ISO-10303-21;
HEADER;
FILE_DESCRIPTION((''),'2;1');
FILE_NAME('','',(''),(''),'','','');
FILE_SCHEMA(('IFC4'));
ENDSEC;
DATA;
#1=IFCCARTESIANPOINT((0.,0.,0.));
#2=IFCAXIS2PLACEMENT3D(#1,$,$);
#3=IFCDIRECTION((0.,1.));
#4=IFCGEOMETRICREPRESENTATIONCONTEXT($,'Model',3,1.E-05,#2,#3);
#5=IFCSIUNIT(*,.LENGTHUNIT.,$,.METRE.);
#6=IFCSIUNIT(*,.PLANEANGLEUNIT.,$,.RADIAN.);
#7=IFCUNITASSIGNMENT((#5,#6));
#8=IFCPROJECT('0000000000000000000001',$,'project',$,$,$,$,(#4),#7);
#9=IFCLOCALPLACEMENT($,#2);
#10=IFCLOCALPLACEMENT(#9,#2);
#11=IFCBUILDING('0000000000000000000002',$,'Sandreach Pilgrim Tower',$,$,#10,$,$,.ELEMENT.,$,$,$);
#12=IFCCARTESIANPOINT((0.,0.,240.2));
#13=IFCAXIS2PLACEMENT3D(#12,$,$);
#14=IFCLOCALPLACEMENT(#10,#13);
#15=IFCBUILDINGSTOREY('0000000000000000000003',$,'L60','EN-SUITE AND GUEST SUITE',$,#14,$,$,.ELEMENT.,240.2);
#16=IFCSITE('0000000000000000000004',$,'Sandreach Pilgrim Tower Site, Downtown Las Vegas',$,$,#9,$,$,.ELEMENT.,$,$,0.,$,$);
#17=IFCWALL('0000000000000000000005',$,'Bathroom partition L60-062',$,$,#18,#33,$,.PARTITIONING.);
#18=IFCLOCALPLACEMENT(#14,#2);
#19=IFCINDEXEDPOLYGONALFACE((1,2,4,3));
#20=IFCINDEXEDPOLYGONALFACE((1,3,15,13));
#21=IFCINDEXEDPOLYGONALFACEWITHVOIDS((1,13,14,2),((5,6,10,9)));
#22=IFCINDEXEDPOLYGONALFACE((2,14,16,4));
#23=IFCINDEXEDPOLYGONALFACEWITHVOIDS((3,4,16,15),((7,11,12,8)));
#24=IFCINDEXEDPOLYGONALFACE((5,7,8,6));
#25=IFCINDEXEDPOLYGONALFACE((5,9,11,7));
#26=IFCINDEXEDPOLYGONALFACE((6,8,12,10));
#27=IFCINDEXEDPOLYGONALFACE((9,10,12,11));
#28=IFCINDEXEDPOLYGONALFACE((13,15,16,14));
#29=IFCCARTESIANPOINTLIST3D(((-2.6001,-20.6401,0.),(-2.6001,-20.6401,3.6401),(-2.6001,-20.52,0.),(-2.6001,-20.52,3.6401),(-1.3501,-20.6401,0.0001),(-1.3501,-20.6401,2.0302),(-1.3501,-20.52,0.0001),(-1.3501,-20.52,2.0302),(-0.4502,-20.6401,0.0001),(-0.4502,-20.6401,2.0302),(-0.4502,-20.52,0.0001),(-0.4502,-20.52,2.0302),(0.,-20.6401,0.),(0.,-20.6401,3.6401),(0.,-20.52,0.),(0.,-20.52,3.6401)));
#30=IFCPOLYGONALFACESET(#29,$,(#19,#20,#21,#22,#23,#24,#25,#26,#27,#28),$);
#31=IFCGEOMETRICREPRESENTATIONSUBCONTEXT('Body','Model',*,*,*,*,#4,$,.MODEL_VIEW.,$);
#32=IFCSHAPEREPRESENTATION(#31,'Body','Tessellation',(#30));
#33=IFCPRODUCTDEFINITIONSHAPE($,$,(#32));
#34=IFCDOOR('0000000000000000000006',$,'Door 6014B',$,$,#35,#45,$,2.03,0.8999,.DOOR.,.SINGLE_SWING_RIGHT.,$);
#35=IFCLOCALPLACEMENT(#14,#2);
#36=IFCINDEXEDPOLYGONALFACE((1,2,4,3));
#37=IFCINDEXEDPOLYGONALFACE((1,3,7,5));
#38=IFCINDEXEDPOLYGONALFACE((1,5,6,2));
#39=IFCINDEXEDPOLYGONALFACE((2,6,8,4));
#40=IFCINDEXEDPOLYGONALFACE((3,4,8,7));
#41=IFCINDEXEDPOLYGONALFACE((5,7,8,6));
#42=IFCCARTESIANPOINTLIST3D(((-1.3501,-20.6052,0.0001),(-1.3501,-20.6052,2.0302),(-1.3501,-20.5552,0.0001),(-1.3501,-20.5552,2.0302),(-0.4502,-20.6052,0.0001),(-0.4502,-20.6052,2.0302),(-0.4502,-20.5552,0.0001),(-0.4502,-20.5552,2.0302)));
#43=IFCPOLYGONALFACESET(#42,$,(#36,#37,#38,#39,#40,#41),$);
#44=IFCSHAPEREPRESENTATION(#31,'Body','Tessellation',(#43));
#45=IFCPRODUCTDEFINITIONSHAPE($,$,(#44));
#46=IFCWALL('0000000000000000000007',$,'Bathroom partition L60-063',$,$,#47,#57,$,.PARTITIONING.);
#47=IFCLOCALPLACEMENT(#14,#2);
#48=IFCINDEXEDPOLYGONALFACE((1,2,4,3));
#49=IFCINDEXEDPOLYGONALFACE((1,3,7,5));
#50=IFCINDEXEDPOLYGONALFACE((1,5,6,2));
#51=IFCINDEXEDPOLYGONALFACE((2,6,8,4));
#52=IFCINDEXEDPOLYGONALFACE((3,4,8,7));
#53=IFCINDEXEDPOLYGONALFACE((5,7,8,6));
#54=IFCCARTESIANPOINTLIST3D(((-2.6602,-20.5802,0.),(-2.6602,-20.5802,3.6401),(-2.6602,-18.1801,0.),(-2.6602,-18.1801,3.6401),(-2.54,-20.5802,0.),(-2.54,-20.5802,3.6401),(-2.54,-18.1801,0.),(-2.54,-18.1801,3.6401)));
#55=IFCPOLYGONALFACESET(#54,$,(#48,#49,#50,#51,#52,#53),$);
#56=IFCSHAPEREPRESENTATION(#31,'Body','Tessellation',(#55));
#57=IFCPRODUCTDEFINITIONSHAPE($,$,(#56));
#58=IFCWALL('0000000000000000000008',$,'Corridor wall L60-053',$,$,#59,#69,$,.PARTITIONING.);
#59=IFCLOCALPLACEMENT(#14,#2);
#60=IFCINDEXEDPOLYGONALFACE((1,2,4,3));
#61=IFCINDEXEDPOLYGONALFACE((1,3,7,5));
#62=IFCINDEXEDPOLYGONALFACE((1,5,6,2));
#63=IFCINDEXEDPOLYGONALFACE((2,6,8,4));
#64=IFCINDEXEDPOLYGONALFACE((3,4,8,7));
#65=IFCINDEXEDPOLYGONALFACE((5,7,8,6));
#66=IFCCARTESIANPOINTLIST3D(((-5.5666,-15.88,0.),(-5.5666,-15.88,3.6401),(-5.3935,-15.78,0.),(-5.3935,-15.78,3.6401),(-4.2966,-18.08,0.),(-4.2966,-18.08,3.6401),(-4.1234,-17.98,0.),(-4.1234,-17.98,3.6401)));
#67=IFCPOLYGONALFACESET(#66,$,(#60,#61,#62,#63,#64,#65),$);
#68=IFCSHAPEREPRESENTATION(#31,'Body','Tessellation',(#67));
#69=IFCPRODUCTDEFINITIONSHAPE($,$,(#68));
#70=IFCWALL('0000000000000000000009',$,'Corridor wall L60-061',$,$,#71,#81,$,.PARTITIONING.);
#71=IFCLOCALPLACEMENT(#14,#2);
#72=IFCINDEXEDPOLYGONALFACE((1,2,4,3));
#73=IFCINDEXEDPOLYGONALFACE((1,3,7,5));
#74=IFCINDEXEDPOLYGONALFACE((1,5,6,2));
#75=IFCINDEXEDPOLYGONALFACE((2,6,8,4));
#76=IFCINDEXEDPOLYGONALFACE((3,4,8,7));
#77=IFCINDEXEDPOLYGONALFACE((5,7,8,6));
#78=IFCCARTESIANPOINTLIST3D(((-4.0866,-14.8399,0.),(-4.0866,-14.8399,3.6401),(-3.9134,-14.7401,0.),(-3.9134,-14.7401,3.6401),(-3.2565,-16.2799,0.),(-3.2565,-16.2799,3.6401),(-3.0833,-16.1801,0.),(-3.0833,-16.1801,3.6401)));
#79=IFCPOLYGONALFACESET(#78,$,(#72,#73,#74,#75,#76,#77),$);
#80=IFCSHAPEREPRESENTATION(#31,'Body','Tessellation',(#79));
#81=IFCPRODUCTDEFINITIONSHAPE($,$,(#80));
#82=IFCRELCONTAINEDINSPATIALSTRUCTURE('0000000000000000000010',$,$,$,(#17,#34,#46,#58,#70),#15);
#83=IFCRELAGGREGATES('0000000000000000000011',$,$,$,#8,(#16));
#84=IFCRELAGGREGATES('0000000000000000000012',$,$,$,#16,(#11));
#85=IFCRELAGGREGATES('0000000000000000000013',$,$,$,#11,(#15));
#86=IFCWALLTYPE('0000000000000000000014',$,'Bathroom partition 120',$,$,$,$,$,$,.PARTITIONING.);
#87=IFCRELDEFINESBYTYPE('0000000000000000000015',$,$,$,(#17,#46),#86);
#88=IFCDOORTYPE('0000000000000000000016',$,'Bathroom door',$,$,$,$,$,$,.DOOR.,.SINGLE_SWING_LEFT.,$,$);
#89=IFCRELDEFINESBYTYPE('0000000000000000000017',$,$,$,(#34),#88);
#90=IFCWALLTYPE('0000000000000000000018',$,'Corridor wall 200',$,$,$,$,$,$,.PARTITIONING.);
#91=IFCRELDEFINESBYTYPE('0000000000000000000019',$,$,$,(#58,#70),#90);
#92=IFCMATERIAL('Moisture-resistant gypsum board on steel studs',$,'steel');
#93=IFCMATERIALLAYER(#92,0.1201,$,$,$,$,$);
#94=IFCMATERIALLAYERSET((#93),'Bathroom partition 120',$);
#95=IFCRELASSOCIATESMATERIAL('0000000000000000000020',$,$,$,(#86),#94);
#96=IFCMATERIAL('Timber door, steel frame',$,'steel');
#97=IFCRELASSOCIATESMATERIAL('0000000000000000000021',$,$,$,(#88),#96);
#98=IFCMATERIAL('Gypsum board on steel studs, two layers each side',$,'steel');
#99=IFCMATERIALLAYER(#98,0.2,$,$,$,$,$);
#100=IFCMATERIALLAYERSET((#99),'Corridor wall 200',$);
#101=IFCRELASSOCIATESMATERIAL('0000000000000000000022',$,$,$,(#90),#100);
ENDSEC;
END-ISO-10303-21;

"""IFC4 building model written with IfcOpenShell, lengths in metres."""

from ifc_helpers import new_model, si_unit, direction, frame, frame_2d, origin, place, context, subcontext, project, spatial, rectangle, extrude, material, layer, layer_set, type_object, element, fill, save


model = new_model("IFC4")

# Units and contexts
model_context = context("Model", 3, precision=1e-05, world=origin(), true_north=direction((0.0, 1.0)))
body_context = subcontext(model_context, "Body", "Model", "MODEL_VIEW")
ifc_project = project(units=[si_unit("LENGTHUNIT", "METRE"), si_unit("PLANEANGLEUNIT", "RADIAN")], contexts=[model_context])

# Site, building, storey
site_placement = place(None, origin())
site = spatial("IfcSite", under=ifc_project, at=site_placement, Name="Sandreach Pilgrim Tower Site, Downtown Las Vegas", CompositionType="ELEMENT", RefElevation=0.0)
building_placement = place(site_placement, origin())
building = spatial("IfcBuilding", under=site, at=building_placement, Name="Sandreach Pilgrim Tower", CompositionType="ELEMENT")
storey_placement = place(building_placement, frame((0.0, 0.0, 240.2)))
storey = spatial("IfcBuildingStorey", under=building, at=storey_placement, Name="L60", Description="EN-SUITE AND GUEST SUITE", CompositionType="ELEMENT", Elevation=240.2)

# Shared definitions
ifc_material_1 = material(Name="Moisture-resistant gypsum board on steel studs", Category="steel")
ifc_layer_1 = layer(ifc_material_1, 0.1201)
ifc_layer_set_1 = layer_set([ifc_layer_1], Name="Bathroom partition 120")
wall_type_1 = type_object("IfcWallType", Name="Bathroom partition 120", PredefinedType="PARTITIONING", material=ifc_layer_set_1)
ifc_material_2 = material(Name="Timber door, steel frame", Category="steel")
door_type_1 = type_object("IfcDoorType", Name="Bathroom door", OperationType="SINGLE_SWING_LEFT", PredefinedType="DOOR", material=ifc_material_2)

# Wall, opening, door
wall_1_placement = place(storey_placement, frame((-2.6001, -20.5801, 0.0), z_axis=(0.0, 0.0, 1.0), x_axis=(1.0, 0.0, 0.0)))
wall_1 = element("IfcWall", 1, at=wall_1_placement, inside=storey, type_object=wall_type_1, Name="Bathroom partition L60-062", PredefinedType="PARTITIONING", context=body_context, shape_type="SweptSolid", body=[
    extrude(rectangle(XDim=2.6001, YDim=0.1201, at=frame_2d((1.3, 0.0))), origin(), (0.0, 0.0, 1.0), 3.6401),
])
opening_1_placement = place(wall_1_placement, frame((1.25, 0.0, 0.0)))
opening_1 = element("IfcOpeningElement", 2, at=opening_1_placement, cuts=wall_1, PredefinedType="OPENING", context=body_context, shape_type="SweptSolid", body=[
    extrude(rectangle(XDim=0.8999, YDim=2.03, at=frame_2d((0.45, 1.0151))), frame((0.0, 0.0601, 0.0), z_axis=(0.0, -1.0, 0.0), x_axis=(1.0, 0.0, 0.0)), (0.0, 0.0, 1.0), 0.1201),
])
door_1_placement = place(opening_1_placement, origin())
door_1 = element("IfcDoor", 3, at=door_1_placement, inside=storey, type_object=door_type_1, Name="Door 6014B", OperationType="SINGLE_SWING_RIGHT", OverallHeight=2.03, OverallWidth=0.8999, PredefinedType="DOOR", context=body_context, shape_type="SweptSolid", body=[
    extrude(rectangle(XDim=0.8999, YDim=2.03, at=frame_2d((0.45, 1.0151))), frame((0.0, 0.0249, 0.0), z_axis=(0.0, -1.0, 0.0), x_axis=(1.0, 0.0, 0.0)), (0.0, 0.0, 1.0), 0.05),
])
fill(opening_1, door_1)

# Wall
wall_2_placement = place(storey_placement, frame((-2.6001, -18.1799, 0.0), z_axis=(0.0, 0.0, 1.0), x_axis=(0.0, -1.0, 0.0)))
element("IfcWall", 4, at=wall_2_placement, inside=storey, type_object=wall_type_1, Name="Bathroom partition L60-063", PredefinedType="PARTITIONING", context=body_context, shape_type="SweptSolid", body=[
    extrude(rectangle(XDim=2.4001, YDim=0.1201, at=frame_2d((1.2002, 0.0))), origin(), (0.0, 0.0, 1.0), 3.6401),
])

# Shared definitions
ifc_material_3 = material(Name="Gypsum board on steel studs, two layers each side", Category="steel")
ifc_layer_2 = layer(ifc_material_3, 0.2)
ifc_layer_set_2 = layer_set([ifc_layer_2], Name="Corridor wall 200")
wall_type_2 = type_object("IfcWallType", Name="Corridor wall 200", PredefinedType="PARTITIONING", material=ifc_layer_set_2)

# Wall
wall_3_placement = place(storey_placement, frame((-5.48, -15.8301, 0.0), z_axis=(0.0, 0.0, 1.0), x_axis=(0.499964, -0.866046, 0.0)))
element("IfcWall", 5, at=wall_3_placement, inside=storey, type_object=wall_type_2, Name="Corridor wall L60-053", PredefinedType="PARTITIONING", context=body_context, shape_type="SweptSolid", body=[
    extrude(rectangle(XDim=2.5403, YDim=0.2, at=frame_2d((1.27, 0.0))), origin(), (0.0, 0.0, 1.0), 3.6401),
])

# Wall
wall_4_placement = place(storey_placement, frame((-3.1699, -16.23, 0.0), z_axis=(0.0, 0.0, 1.0), x_axis=(-0.499426, 0.866357, 0.0)))
element("IfcWall", 6, at=wall_4_placement, inside=storey, type_object=wall_type_2, Name="Corridor wall L60-061", PredefinedType="PARTITIONING", context=body_context, shape_type="SweptSolid", body=[
    extrude(rectangle(XDim=1.6621, YDim=0.2, at=frame_2d((0.8311, 0.0))), origin(), (0.0, 0.0, 1.0), 3.6401),
])

save(model, "model.ifc")
